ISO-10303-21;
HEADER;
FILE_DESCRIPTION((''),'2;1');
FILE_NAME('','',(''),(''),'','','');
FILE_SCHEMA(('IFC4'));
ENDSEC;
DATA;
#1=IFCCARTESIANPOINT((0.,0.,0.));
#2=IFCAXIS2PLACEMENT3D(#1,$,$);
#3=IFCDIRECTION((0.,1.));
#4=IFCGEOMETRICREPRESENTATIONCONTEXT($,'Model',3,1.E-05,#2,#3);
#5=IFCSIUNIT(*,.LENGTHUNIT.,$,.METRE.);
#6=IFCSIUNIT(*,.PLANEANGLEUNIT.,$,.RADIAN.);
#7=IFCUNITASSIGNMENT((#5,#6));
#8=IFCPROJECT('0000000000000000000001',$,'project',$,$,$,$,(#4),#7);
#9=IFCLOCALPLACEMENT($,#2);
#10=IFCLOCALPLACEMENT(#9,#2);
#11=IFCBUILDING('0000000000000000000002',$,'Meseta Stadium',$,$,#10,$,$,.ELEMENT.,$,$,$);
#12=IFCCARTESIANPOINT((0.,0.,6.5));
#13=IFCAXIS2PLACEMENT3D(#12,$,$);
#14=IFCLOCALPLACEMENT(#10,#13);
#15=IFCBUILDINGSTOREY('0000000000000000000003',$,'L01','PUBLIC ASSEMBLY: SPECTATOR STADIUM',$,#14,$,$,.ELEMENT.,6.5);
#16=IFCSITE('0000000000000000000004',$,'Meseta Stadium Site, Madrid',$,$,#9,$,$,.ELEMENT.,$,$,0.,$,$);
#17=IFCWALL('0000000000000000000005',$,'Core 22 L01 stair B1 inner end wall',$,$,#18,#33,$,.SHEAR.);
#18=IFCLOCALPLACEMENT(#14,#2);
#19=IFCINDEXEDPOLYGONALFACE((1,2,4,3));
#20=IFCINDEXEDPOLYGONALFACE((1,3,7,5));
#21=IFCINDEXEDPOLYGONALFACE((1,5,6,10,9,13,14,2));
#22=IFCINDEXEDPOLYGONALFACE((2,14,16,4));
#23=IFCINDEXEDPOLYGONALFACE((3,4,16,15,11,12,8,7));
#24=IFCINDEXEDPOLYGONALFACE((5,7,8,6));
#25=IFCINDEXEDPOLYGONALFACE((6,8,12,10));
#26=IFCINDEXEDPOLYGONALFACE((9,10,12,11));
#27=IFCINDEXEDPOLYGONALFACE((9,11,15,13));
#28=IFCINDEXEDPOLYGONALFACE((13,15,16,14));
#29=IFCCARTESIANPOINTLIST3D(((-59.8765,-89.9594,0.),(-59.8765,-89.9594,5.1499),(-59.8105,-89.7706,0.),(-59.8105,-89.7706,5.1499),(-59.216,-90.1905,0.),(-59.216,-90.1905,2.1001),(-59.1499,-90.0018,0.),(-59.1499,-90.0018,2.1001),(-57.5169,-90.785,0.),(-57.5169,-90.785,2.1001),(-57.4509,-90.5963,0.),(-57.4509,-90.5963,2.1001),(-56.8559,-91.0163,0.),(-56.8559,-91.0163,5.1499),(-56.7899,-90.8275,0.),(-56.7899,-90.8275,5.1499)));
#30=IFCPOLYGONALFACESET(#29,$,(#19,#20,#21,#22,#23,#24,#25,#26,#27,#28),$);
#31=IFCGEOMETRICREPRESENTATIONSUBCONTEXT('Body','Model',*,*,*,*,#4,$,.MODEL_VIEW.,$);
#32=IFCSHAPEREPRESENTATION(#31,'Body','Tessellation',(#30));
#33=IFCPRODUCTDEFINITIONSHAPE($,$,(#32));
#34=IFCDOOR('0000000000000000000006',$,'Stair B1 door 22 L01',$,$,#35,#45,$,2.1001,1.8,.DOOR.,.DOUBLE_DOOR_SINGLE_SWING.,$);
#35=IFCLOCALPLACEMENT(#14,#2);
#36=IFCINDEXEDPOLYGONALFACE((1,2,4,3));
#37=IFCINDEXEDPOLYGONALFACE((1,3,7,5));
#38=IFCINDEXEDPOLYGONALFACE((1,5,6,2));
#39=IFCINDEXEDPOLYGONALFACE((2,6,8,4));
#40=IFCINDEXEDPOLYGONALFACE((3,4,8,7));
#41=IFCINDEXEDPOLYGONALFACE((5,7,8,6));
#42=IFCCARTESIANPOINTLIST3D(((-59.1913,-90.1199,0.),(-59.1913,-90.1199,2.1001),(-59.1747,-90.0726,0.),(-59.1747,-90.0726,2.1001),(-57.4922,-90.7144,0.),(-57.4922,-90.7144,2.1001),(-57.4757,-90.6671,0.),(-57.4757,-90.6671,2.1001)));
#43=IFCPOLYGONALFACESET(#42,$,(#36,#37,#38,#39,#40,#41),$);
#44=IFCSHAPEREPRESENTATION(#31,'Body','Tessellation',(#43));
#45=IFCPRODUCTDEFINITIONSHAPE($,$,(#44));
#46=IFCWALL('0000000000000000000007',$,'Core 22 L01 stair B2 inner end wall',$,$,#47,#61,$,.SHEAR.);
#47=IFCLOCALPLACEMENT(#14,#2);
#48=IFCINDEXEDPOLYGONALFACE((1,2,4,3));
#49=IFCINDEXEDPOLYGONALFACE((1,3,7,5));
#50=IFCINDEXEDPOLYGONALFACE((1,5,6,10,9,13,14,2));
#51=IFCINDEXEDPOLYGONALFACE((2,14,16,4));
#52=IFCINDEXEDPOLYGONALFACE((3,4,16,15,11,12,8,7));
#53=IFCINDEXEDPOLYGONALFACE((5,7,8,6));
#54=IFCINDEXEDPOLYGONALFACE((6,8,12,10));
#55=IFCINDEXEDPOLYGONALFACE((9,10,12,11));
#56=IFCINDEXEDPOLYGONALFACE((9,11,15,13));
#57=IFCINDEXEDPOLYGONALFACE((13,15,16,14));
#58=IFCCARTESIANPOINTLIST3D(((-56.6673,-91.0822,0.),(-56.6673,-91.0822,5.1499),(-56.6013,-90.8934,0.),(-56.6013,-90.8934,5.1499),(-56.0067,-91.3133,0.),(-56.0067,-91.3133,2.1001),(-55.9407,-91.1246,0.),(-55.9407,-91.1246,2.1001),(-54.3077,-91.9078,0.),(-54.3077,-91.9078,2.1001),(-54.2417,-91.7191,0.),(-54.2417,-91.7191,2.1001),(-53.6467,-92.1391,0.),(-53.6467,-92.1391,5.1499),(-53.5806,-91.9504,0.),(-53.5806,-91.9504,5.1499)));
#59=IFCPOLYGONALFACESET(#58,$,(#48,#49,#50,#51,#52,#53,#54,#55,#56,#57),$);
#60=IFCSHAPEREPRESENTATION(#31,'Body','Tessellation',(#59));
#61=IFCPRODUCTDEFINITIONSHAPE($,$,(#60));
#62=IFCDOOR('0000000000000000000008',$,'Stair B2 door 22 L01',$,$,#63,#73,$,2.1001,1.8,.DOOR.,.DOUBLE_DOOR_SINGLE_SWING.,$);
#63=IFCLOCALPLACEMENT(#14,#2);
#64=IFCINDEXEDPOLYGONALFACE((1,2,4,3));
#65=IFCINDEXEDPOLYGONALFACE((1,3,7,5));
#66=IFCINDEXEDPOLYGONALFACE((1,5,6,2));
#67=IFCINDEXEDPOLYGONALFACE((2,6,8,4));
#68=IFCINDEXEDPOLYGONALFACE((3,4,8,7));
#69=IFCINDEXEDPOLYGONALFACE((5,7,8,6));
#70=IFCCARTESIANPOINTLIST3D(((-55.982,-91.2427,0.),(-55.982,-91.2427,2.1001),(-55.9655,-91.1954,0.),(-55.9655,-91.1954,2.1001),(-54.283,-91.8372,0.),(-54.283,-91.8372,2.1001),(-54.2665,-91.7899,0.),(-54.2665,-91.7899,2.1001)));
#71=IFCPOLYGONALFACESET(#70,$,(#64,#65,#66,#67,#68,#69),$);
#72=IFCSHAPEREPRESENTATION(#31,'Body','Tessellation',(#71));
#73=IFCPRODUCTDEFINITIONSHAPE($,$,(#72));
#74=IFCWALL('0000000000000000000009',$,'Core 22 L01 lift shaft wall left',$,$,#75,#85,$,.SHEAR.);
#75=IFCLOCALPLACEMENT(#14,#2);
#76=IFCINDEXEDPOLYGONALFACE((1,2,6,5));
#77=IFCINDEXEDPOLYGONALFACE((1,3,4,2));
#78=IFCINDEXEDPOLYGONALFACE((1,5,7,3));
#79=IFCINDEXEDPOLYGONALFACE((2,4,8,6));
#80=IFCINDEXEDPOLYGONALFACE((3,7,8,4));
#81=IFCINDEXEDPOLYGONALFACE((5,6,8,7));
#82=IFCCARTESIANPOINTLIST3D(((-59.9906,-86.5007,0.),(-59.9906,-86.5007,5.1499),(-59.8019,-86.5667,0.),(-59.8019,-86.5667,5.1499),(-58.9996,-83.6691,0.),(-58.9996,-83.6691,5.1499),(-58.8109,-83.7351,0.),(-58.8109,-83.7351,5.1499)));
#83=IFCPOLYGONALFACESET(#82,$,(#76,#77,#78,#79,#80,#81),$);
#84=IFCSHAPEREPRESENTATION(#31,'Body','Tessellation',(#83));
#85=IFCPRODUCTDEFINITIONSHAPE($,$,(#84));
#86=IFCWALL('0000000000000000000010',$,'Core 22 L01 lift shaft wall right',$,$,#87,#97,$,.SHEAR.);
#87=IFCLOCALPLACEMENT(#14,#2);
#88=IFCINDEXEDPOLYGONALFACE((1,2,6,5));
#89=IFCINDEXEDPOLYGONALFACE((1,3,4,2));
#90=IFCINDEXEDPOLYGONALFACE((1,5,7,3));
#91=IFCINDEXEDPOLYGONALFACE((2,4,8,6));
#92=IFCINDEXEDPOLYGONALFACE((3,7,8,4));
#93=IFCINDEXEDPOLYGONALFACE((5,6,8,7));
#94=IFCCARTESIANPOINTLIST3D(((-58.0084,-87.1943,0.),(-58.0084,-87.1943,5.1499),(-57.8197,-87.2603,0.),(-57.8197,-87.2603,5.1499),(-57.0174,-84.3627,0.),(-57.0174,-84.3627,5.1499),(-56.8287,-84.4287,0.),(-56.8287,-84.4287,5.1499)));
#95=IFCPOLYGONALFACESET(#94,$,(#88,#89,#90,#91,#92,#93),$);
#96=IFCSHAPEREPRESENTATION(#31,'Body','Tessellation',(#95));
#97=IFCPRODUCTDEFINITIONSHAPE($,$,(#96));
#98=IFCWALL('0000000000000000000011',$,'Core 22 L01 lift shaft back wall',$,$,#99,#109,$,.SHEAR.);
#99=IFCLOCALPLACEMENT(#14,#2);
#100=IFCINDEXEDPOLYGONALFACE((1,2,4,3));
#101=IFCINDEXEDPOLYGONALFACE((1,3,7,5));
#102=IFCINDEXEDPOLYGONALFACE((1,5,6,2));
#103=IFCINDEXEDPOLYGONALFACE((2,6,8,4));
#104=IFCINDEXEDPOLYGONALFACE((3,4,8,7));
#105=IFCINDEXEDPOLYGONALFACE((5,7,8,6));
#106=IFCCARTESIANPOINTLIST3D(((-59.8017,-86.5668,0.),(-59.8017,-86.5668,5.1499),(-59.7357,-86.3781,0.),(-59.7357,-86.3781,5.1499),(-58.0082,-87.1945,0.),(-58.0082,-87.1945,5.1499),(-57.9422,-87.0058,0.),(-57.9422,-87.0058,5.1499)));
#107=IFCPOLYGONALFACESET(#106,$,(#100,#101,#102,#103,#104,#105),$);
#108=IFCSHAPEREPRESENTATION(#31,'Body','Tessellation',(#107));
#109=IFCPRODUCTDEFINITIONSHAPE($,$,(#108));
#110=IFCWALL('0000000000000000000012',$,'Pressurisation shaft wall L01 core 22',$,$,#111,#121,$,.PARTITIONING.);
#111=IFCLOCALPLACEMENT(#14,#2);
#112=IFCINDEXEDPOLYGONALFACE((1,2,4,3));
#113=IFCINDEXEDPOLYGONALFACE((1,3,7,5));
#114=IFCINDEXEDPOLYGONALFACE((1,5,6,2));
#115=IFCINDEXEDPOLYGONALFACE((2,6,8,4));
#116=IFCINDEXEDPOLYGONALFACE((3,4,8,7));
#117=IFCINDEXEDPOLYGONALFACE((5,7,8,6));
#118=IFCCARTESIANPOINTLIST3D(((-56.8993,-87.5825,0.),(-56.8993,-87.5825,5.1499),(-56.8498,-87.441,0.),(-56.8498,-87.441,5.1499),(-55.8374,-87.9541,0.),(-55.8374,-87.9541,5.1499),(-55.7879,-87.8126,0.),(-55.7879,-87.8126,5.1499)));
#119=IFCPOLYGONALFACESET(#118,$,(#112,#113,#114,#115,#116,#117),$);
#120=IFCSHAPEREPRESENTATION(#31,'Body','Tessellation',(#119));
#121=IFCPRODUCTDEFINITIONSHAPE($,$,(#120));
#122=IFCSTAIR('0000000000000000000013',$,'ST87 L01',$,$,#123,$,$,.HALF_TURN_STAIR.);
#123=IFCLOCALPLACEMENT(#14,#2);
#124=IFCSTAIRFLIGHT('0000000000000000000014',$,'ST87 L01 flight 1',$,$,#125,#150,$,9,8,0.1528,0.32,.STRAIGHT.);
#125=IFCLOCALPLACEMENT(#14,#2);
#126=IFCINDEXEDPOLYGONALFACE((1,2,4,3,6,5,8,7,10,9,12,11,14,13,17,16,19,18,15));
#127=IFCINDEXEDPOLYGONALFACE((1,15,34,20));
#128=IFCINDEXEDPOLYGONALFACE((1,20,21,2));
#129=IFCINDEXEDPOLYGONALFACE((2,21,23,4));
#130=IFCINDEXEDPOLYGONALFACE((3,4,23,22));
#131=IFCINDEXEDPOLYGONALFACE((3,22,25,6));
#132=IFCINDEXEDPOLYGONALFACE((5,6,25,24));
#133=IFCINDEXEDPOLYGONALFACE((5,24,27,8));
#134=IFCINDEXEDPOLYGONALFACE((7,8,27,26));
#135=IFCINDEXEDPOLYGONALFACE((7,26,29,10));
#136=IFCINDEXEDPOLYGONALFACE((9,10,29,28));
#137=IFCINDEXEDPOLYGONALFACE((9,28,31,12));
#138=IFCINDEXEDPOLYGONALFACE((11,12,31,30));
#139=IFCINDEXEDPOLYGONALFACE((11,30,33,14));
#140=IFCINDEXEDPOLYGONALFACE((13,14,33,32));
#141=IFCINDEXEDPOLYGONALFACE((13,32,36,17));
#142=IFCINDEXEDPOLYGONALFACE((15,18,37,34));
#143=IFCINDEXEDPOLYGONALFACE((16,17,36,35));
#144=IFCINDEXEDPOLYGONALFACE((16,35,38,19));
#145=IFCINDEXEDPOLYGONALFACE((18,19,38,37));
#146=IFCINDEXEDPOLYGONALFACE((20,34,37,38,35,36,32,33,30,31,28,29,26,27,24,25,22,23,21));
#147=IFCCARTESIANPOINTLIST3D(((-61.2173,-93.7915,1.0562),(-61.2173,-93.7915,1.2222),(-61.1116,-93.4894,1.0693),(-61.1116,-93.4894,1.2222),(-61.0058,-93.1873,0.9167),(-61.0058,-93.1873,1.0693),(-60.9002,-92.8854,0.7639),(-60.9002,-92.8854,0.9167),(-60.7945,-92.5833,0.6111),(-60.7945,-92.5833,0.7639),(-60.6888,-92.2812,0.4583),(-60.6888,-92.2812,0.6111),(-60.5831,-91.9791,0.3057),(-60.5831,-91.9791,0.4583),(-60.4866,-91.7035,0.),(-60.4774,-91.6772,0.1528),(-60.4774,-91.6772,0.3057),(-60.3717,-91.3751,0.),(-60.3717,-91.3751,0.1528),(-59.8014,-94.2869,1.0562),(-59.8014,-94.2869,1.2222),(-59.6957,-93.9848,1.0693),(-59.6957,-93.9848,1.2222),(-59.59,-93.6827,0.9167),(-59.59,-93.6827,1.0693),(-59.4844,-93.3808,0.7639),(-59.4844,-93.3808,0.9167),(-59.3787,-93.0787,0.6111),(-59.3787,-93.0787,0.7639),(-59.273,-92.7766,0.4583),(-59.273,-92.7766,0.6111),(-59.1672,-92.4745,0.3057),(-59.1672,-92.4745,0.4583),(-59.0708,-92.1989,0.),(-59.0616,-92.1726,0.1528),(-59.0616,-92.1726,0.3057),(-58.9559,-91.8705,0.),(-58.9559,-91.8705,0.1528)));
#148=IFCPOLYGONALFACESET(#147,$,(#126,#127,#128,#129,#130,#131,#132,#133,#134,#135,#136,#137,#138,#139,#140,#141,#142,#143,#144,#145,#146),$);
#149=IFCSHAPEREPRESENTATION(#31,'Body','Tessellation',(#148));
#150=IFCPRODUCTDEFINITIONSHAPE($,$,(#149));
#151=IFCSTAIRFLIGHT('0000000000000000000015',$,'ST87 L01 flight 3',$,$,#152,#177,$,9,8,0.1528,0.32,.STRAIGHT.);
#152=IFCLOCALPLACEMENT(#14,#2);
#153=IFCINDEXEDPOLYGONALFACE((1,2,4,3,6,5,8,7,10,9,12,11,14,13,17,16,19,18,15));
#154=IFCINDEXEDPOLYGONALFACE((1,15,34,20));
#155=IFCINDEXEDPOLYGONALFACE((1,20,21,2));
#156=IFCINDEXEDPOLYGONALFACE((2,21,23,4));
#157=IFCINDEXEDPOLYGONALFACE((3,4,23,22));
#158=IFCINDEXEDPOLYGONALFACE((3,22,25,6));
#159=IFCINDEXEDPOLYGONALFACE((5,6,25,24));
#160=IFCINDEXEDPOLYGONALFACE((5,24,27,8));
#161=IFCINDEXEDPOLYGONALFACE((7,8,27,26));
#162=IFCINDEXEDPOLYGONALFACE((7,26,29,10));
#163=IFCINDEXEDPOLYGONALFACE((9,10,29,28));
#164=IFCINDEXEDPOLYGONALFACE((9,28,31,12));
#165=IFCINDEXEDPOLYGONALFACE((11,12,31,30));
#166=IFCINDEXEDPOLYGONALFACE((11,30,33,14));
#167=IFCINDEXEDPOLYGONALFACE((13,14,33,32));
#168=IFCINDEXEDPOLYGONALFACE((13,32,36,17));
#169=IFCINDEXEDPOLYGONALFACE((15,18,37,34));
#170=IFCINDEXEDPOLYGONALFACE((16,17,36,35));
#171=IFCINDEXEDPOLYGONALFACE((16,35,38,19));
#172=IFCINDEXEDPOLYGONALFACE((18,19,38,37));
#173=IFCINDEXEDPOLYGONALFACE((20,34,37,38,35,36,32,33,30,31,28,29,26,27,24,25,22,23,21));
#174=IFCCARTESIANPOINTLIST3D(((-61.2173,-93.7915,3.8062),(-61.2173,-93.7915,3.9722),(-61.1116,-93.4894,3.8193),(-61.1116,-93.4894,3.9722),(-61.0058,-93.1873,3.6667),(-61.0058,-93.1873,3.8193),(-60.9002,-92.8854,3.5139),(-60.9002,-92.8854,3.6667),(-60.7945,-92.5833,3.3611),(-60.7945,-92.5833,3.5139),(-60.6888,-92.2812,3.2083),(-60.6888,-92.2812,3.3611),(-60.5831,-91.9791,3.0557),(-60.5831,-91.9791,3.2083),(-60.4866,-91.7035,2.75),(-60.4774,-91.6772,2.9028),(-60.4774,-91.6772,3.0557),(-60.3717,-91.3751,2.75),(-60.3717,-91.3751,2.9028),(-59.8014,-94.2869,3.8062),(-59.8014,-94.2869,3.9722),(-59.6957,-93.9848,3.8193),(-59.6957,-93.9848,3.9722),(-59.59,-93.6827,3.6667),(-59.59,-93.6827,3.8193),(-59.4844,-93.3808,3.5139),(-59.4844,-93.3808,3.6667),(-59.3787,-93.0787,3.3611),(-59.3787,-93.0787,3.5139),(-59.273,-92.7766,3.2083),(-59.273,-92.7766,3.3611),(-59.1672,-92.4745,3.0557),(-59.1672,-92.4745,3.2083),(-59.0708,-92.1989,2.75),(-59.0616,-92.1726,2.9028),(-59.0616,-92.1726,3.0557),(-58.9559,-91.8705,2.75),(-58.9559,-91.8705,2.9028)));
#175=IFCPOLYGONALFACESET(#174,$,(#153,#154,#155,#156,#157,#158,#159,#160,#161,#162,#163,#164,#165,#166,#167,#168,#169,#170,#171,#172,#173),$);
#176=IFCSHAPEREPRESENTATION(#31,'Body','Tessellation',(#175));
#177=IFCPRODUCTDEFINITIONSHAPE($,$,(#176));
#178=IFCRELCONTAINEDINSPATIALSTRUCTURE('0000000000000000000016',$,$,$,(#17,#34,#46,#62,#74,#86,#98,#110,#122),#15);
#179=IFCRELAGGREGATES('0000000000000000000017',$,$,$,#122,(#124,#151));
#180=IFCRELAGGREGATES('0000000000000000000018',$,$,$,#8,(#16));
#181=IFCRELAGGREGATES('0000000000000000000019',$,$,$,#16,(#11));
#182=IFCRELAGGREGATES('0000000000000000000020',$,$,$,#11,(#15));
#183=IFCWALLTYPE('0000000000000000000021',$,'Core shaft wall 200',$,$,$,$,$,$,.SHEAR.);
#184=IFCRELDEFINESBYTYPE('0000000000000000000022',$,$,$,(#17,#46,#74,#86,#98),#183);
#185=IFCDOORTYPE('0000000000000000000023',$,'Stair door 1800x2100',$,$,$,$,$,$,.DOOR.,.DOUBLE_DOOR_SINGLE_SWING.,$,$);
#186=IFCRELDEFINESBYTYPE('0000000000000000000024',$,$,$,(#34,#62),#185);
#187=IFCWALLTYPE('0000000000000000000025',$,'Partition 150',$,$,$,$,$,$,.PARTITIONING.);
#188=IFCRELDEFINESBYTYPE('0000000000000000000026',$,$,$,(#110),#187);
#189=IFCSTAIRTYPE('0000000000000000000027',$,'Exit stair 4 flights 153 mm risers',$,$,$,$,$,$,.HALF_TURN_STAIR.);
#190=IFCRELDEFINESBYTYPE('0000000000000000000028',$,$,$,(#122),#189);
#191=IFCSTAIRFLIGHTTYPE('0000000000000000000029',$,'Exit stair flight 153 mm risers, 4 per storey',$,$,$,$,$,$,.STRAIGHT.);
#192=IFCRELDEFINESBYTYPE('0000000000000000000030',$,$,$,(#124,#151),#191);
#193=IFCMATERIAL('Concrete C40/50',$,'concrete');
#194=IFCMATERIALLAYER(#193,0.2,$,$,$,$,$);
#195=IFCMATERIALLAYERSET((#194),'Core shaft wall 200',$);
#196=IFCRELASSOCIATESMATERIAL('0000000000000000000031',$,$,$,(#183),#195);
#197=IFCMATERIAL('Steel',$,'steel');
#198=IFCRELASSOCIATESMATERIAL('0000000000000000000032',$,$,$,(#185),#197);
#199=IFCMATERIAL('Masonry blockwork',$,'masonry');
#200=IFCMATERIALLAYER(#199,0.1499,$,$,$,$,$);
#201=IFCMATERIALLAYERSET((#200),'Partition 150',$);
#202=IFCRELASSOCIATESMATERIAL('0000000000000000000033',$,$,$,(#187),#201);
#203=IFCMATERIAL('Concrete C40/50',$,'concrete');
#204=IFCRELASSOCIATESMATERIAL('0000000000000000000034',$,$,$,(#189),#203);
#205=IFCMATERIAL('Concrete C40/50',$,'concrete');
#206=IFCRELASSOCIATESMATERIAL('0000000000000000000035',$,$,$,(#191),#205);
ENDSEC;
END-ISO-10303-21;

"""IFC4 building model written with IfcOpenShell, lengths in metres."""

from ifc_helpers import new_model, si_unit, direction, frame, frame_2d, origin, place, context, subcontext, project, spatial, polyline, rectangle, outline, extrude, material, layer, layer_set, type_object, element, fill, aggregate, save


model = new_model("IFC4")

# Units and contexts
model_context = context("Model", 3, precision=1e-05, world=origin(), true_north=direction((0.0, 1.0)))
body_context = subcontext(model_context, "Body", "Model", "MODEL_VIEW")
ifc_project = project(units=[si_unit("LENGTHUNIT", "METRE"), si_unit("PLANEANGLEUNIT", "RADIAN")], contexts=[model_context])

# Site, building, storey
site_placement = place(None, origin())
site = spatial("IfcSite", under=ifc_project, at=site_placement, Name="Meseta Stadium Site, Madrid", CompositionType="ELEMENT", RefElevation=0.0)
building_placement = place(site_placement, origin())
building = spatial("IfcBuilding", under=site, at=building_placement, Name="Meseta Stadium", CompositionType="ELEMENT")
storey_placement = place(building_placement, frame((0.0, 0.0, 6.5)))
storey = spatial("IfcBuildingStorey", under=building, at=storey_placement, Name="L01", Description="PUBLIC ASSEMBLY: SPECTATOR STADIUM", CompositionType="ELEMENT", Elevation=6.5)

# Walls, openings, doors
ifc_material_1 = material(Name="Concrete C40/50", Category="concrete")
ifc_layer_1 = layer(ifc_material_1, 0.2)
ifc_layer_set_1 = layer_set([ifc_layer_1], Name="Core shaft wall 200")
wall_type_1 = type_object("IfcWallType", Name="Core shaft wall 200", PredefinedType="SHEAR", material=ifc_layer_set_1)
wall_1_placement = place(storey_placement, frame((-59.8435, -89.865, 0.0), z_axis=(0.0, 0.0, 1.0), x_axis=(0.943887, -0.330269, 0.0)))
wall_1 = element("IfcWall", 1, at=wall_1_placement, inside=storey, type_object=wall_type_1, Name="Core 22 L01 stair B1 inner end wall", PredefinedType="SHEAR", context=body_context, shape_type="SweptSolid", body=[
    extrude(rectangle(XDim=3.2002, YDim=0.2, at=frame_2d((1.6001, 0.0))), origin(), (0.0, 0.0, 1.0), 5.1499),
])
opening_1_placement = place(wall_1_placement, frame((0.7, 0.0, 0.0)))
opening_1 = element("IfcOpeningElement", 2, at=opening_1_placement, cuts=wall_1, PredefinedType="OPENING", context=body_context, shape_type="SweptSolid", body=[
    extrude(rectangle(XDim=1.8, YDim=2.1001, at=frame_2d((0.8999, 1.05))), frame((0.0, 0.1099, 0.0), z_axis=(0.0, -1.0, 0.0), x_axis=(1.0, 0.0, 0.0)), (0.0, 0.0, 1.0), 0.22),
])
ifc_material_2 = material(Name="Steel", Category="steel")
door_type = type_object("IfcDoorType", Name="Stair door 1800x2100", OperationType="DOUBLE_DOOR_SINGLE_SWING", PredefinedType="DOOR", material=ifc_material_2)
door_1_placement = place(opening_1_placement, origin())
door_1 = element("IfcDoor", 3, at=door_1_placement, inside=storey, type_object=door_type, Name="Stair B1 door 22 L01", OperationType="DOUBLE_DOOR_SINGLE_SWING", OverallHeight=2.1001, OverallWidth=1.8, PredefinedType="DOOR", context=body_context, shape_type="SweptSolid", body=[
    extrude(rectangle(XDim=1.8, YDim=2.1001, at=frame_2d((0.8999, 1.05))), frame((0.0, 0.0249, 0.0), z_axis=(0.0, -1.0, 0.0), x_axis=(1.0, 0.0, 0.0)), (0.0, 0.0, 1.0), 0.05),
])
fill(opening_1, door_1)
wall_2_placement = place(storey_placement, frame((-56.6343, -90.9878, 0.0), z_axis=(0.0, 0.0, 1.0), x_axis=(0.943887, -0.330269, 0.0)))
wall_2 = element("IfcWall", 4, at=wall_2_placement, inside=storey, type_object=wall_type_1, Name="Core 22 L01 stair B2 inner end wall", PredefinedType="SHEAR", context=body_context, shape_type="SweptSolid", body=[
    extrude(rectangle(XDim=3.2002, YDim=0.2, at=frame_2d((1.6001, 0.0))), origin(), (0.0, 0.0, 1.0), 5.1499),
])
opening_2_placement = place(wall_2_placement, frame((0.7, 0.0, 0.0)))
opening_2 = element("IfcOpeningElement", 5, at=opening_2_placement, cuts=wall_2, PredefinedType="OPENING", context=body_context, shape_type="SweptSolid", body=[
    extrude(rectangle(XDim=1.8, YDim=2.1001, at=frame_2d((0.8999, 1.05))), frame((0.0, 0.1099, 0.0), z_axis=(0.0, -1.0, 0.0), x_axis=(1.0, 0.0, 0.0)), (0.0, 0.0, 1.0), 0.22),
])
door_2_placement = place(opening_2_placement, origin())
door_2 = element("IfcDoor", 6, at=door_2_placement, inside=storey, type_object=door_type, Name="Stair B2 door 22 L01", OperationType="DOUBLE_DOOR_SINGLE_SWING", OverallHeight=2.1001, OverallWidth=1.8, PredefinedType="DOOR", context=body_context, shape_type="SweptSolid", body=[
    extrude(rectangle(XDim=1.8, YDim=2.1001, at=frame_2d((0.8999, 1.05))), frame((0.0, 0.0249, 0.0), z_axis=(0.0, -1.0, 0.0), x_axis=(1.0, 0.0, 0.0)), (0.0, 0.0, 1.0), 0.05),
])
fill(opening_2, door_2)

# Walls
for number, where, z_axis, x_axis, name in (
    (7, (-59.8962, -86.5337, 0.0), (0.0, 0.0, 1.0), (0.330329, 0.943866, 0.0), "Core 22 L01 lift shaft wall left"),
    (8, (-57.9141, -87.2273, 0.0), (0.0, 0.0, 1.0), (0.330329, 0.943866, 0.0), "Core 22 L01 lift shaft wall right"),
):
    element("IfcWall", number, at=place(storey_placement, frame(where, z_axis=z_axis, x_axis=x_axis)), inside=storey, type_object=wall_type_1, Name=name, PredefinedType="SHEAR", context=body_context, shape_type="SweptSolid", body=[
        extrude(rectangle(XDim=3.0, YDim=0.2, at=frame_2d((1.5, 0.0))), origin(), (0.0, 0.0, 1.0), 5.1499),
    ])
wall_3_placement = place(storey_placement, frame((-59.7688, -86.4724, 0.0), z_axis=(0.0, 0.0, 1.0), x_axis=(0.943862, -0.330339, 0.0)))
element("IfcWall", 9, at=wall_3_placement, inside=storey, type_object=wall_type_1, Name="Core 22 L01 lift shaft back wall", PredefinedType="SHEAR", context=body_context, shape_type="SweptSolid", body=[
    extrude(rectangle(XDim=1.9001, YDim=0.2, at=frame_2d((0.9502, 0.0))), origin(), (0.0, 0.0, 1.0), 5.1499),
])
ifc_material_3 = material(Name="Masonry blockwork", Category="masonry")
ifc_layer_2 = layer(ifc_material_3, 0.1499)
ifc_layer_set_2 = layer_set([ifc_layer_2], Name="Partition 150")
wall_type_2 = type_object("IfcWallType", Name="Partition 150", PredefinedType="PARTITIONING", material=ifc_layer_set_2)
wall_4_placement = place(storey_placement, frame((-56.8745, -87.5117, 0.0), z_axis=(0.0, 0.0, 1.0), x_axis=(0.943869, -0.330321, 0.0)))
element("IfcWall", 10, at=wall_4_placement, inside=storey, type_object=wall_type_2, Name="Pressurisation shaft wall L01 core 22", PredefinedType="PARTITIONING", context=body_context, shape_type="SweptSolid", body=[
    extrude(rectangle(XDim=1.125, YDim=0.1499, at=frame_2d((0.5625, 0.0))), origin(), (0.0, 0.0, 1.0), 5.1499),
])

# Stair, stair flights
ifc_material_4 = material(Name="Concrete C40/50", Category="concrete")
stair_type = type_object("IfcStairType", Name="Exit stair 4 flights 153 mm risers", PredefinedType="HALF_TURN_STAIR", material=ifc_material_4)
stair_1_placement = place(storey_placement, origin())
stair_1 = element("IfcStair", 11, at=stair_1_placement, inside=storey, type_object=stair_type, Name="ST87 L01", PredefinedType="HALF_TURN_STAIR")
ifc_material_5 = material(Name="Concrete C40/50", Category="concrete")
stair_flight_type = type_object("IfcStairFlightType", Name="Exit stair flight 153 mm risers, 4 per storey", PredefinedType="STRAIGHT", material=ifc_material_5)
stair_flight_1_placement = place(storey_placement, frame((-59.6638, -91.6228, 0.0), z_axis=(0.0, 0.0, 1.0), x_axis=(-0.330279, -0.943883, 0.0)))
stair_flight_1 = element("IfcStairFlight", 12, at=stair_flight_1_placement, type_object=stair_flight_type, Name="ST87 L01 flight 1", NumberOfRisers=9, NumberOfTreads=8, PredefinedType="STRAIGHT", RiserHeight=0.1528, TreadLength=0.32, context=body_context, shape_type="SweptSolid", body=[
    extrude(outline(polyline([(0.0, 0.0), (0.0, 0.1528), (0.3201, 0.1528), (0.3201, 0.3057), (0.6399, 0.3057), (0.6399, 0.4583), (0.96, 0.4583), (0.96, 0.6111), (1.28, 0.6111), (1.28, 0.7639), (1.6001, 0.7639), (1.6001, 0.9167), (1.9199, 0.9167), (1.9199, 1.0693), (2.24, 1.0693), (2.24, 1.2222), (2.5601, 1.2222), (2.5601, 1.0562), (0.3479, 0.0), (0.0, 0.0)])), frame((0.0, 0.75, 0.0), z_axis=(0.0, -1.0, 0.0), x_axis=(1.0, 0.0, 0.0)), (0.0, 0.0, 1.0), 1.5),
])
stair_flight_2_placement = place(storey_placement, frame((-59.6638, -91.6228, 2.75), z_axis=(0.0, 0.0, 1.0), x_axis=(-0.330279, -0.943883, 0.0)))
stair_flight_2 = element("IfcStairFlight", 13, at=stair_flight_2_placement, type_object=stair_flight_type, Name="ST87 L01 flight 3", NumberOfRisers=9, NumberOfTreads=8, PredefinedType="STRAIGHT", RiserHeight=0.1528, TreadLength=0.32, context=body_context, shape_type="SweptSolid", body=[
    extrude(outline(polyline([(0.0, 0.0), (0.0, 0.1528), (0.3201, 0.1528), (0.3201, 0.3057), (0.6399, 0.3057), (0.6399, 0.4583), (0.96, 0.4583), (0.96, 0.6111), (1.28, 0.6111), (1.28, 0.7639), (1.6001, 0.7639), (1.6001, 0.9167), (1.9199, 0.9167), (1.9199, 1.0693), (2.24, 1.0693), (2.24, 1.2222), (2.5601, 1.2222), (2.5601, 1.0562), (0.3479, 0.0), (0.0, 0.0)])), frame((0.0, 0.75, 0.0), z_axis=(0.0, -1.0, 0.0), x_axis=(1.0, 0.0, 0.0)), (0.0, 0.0, 1.0), 1.5),
])
aggregate(stair_1, [stair_flight_1, stair_flight_2])

save(model, "model.ifc")
